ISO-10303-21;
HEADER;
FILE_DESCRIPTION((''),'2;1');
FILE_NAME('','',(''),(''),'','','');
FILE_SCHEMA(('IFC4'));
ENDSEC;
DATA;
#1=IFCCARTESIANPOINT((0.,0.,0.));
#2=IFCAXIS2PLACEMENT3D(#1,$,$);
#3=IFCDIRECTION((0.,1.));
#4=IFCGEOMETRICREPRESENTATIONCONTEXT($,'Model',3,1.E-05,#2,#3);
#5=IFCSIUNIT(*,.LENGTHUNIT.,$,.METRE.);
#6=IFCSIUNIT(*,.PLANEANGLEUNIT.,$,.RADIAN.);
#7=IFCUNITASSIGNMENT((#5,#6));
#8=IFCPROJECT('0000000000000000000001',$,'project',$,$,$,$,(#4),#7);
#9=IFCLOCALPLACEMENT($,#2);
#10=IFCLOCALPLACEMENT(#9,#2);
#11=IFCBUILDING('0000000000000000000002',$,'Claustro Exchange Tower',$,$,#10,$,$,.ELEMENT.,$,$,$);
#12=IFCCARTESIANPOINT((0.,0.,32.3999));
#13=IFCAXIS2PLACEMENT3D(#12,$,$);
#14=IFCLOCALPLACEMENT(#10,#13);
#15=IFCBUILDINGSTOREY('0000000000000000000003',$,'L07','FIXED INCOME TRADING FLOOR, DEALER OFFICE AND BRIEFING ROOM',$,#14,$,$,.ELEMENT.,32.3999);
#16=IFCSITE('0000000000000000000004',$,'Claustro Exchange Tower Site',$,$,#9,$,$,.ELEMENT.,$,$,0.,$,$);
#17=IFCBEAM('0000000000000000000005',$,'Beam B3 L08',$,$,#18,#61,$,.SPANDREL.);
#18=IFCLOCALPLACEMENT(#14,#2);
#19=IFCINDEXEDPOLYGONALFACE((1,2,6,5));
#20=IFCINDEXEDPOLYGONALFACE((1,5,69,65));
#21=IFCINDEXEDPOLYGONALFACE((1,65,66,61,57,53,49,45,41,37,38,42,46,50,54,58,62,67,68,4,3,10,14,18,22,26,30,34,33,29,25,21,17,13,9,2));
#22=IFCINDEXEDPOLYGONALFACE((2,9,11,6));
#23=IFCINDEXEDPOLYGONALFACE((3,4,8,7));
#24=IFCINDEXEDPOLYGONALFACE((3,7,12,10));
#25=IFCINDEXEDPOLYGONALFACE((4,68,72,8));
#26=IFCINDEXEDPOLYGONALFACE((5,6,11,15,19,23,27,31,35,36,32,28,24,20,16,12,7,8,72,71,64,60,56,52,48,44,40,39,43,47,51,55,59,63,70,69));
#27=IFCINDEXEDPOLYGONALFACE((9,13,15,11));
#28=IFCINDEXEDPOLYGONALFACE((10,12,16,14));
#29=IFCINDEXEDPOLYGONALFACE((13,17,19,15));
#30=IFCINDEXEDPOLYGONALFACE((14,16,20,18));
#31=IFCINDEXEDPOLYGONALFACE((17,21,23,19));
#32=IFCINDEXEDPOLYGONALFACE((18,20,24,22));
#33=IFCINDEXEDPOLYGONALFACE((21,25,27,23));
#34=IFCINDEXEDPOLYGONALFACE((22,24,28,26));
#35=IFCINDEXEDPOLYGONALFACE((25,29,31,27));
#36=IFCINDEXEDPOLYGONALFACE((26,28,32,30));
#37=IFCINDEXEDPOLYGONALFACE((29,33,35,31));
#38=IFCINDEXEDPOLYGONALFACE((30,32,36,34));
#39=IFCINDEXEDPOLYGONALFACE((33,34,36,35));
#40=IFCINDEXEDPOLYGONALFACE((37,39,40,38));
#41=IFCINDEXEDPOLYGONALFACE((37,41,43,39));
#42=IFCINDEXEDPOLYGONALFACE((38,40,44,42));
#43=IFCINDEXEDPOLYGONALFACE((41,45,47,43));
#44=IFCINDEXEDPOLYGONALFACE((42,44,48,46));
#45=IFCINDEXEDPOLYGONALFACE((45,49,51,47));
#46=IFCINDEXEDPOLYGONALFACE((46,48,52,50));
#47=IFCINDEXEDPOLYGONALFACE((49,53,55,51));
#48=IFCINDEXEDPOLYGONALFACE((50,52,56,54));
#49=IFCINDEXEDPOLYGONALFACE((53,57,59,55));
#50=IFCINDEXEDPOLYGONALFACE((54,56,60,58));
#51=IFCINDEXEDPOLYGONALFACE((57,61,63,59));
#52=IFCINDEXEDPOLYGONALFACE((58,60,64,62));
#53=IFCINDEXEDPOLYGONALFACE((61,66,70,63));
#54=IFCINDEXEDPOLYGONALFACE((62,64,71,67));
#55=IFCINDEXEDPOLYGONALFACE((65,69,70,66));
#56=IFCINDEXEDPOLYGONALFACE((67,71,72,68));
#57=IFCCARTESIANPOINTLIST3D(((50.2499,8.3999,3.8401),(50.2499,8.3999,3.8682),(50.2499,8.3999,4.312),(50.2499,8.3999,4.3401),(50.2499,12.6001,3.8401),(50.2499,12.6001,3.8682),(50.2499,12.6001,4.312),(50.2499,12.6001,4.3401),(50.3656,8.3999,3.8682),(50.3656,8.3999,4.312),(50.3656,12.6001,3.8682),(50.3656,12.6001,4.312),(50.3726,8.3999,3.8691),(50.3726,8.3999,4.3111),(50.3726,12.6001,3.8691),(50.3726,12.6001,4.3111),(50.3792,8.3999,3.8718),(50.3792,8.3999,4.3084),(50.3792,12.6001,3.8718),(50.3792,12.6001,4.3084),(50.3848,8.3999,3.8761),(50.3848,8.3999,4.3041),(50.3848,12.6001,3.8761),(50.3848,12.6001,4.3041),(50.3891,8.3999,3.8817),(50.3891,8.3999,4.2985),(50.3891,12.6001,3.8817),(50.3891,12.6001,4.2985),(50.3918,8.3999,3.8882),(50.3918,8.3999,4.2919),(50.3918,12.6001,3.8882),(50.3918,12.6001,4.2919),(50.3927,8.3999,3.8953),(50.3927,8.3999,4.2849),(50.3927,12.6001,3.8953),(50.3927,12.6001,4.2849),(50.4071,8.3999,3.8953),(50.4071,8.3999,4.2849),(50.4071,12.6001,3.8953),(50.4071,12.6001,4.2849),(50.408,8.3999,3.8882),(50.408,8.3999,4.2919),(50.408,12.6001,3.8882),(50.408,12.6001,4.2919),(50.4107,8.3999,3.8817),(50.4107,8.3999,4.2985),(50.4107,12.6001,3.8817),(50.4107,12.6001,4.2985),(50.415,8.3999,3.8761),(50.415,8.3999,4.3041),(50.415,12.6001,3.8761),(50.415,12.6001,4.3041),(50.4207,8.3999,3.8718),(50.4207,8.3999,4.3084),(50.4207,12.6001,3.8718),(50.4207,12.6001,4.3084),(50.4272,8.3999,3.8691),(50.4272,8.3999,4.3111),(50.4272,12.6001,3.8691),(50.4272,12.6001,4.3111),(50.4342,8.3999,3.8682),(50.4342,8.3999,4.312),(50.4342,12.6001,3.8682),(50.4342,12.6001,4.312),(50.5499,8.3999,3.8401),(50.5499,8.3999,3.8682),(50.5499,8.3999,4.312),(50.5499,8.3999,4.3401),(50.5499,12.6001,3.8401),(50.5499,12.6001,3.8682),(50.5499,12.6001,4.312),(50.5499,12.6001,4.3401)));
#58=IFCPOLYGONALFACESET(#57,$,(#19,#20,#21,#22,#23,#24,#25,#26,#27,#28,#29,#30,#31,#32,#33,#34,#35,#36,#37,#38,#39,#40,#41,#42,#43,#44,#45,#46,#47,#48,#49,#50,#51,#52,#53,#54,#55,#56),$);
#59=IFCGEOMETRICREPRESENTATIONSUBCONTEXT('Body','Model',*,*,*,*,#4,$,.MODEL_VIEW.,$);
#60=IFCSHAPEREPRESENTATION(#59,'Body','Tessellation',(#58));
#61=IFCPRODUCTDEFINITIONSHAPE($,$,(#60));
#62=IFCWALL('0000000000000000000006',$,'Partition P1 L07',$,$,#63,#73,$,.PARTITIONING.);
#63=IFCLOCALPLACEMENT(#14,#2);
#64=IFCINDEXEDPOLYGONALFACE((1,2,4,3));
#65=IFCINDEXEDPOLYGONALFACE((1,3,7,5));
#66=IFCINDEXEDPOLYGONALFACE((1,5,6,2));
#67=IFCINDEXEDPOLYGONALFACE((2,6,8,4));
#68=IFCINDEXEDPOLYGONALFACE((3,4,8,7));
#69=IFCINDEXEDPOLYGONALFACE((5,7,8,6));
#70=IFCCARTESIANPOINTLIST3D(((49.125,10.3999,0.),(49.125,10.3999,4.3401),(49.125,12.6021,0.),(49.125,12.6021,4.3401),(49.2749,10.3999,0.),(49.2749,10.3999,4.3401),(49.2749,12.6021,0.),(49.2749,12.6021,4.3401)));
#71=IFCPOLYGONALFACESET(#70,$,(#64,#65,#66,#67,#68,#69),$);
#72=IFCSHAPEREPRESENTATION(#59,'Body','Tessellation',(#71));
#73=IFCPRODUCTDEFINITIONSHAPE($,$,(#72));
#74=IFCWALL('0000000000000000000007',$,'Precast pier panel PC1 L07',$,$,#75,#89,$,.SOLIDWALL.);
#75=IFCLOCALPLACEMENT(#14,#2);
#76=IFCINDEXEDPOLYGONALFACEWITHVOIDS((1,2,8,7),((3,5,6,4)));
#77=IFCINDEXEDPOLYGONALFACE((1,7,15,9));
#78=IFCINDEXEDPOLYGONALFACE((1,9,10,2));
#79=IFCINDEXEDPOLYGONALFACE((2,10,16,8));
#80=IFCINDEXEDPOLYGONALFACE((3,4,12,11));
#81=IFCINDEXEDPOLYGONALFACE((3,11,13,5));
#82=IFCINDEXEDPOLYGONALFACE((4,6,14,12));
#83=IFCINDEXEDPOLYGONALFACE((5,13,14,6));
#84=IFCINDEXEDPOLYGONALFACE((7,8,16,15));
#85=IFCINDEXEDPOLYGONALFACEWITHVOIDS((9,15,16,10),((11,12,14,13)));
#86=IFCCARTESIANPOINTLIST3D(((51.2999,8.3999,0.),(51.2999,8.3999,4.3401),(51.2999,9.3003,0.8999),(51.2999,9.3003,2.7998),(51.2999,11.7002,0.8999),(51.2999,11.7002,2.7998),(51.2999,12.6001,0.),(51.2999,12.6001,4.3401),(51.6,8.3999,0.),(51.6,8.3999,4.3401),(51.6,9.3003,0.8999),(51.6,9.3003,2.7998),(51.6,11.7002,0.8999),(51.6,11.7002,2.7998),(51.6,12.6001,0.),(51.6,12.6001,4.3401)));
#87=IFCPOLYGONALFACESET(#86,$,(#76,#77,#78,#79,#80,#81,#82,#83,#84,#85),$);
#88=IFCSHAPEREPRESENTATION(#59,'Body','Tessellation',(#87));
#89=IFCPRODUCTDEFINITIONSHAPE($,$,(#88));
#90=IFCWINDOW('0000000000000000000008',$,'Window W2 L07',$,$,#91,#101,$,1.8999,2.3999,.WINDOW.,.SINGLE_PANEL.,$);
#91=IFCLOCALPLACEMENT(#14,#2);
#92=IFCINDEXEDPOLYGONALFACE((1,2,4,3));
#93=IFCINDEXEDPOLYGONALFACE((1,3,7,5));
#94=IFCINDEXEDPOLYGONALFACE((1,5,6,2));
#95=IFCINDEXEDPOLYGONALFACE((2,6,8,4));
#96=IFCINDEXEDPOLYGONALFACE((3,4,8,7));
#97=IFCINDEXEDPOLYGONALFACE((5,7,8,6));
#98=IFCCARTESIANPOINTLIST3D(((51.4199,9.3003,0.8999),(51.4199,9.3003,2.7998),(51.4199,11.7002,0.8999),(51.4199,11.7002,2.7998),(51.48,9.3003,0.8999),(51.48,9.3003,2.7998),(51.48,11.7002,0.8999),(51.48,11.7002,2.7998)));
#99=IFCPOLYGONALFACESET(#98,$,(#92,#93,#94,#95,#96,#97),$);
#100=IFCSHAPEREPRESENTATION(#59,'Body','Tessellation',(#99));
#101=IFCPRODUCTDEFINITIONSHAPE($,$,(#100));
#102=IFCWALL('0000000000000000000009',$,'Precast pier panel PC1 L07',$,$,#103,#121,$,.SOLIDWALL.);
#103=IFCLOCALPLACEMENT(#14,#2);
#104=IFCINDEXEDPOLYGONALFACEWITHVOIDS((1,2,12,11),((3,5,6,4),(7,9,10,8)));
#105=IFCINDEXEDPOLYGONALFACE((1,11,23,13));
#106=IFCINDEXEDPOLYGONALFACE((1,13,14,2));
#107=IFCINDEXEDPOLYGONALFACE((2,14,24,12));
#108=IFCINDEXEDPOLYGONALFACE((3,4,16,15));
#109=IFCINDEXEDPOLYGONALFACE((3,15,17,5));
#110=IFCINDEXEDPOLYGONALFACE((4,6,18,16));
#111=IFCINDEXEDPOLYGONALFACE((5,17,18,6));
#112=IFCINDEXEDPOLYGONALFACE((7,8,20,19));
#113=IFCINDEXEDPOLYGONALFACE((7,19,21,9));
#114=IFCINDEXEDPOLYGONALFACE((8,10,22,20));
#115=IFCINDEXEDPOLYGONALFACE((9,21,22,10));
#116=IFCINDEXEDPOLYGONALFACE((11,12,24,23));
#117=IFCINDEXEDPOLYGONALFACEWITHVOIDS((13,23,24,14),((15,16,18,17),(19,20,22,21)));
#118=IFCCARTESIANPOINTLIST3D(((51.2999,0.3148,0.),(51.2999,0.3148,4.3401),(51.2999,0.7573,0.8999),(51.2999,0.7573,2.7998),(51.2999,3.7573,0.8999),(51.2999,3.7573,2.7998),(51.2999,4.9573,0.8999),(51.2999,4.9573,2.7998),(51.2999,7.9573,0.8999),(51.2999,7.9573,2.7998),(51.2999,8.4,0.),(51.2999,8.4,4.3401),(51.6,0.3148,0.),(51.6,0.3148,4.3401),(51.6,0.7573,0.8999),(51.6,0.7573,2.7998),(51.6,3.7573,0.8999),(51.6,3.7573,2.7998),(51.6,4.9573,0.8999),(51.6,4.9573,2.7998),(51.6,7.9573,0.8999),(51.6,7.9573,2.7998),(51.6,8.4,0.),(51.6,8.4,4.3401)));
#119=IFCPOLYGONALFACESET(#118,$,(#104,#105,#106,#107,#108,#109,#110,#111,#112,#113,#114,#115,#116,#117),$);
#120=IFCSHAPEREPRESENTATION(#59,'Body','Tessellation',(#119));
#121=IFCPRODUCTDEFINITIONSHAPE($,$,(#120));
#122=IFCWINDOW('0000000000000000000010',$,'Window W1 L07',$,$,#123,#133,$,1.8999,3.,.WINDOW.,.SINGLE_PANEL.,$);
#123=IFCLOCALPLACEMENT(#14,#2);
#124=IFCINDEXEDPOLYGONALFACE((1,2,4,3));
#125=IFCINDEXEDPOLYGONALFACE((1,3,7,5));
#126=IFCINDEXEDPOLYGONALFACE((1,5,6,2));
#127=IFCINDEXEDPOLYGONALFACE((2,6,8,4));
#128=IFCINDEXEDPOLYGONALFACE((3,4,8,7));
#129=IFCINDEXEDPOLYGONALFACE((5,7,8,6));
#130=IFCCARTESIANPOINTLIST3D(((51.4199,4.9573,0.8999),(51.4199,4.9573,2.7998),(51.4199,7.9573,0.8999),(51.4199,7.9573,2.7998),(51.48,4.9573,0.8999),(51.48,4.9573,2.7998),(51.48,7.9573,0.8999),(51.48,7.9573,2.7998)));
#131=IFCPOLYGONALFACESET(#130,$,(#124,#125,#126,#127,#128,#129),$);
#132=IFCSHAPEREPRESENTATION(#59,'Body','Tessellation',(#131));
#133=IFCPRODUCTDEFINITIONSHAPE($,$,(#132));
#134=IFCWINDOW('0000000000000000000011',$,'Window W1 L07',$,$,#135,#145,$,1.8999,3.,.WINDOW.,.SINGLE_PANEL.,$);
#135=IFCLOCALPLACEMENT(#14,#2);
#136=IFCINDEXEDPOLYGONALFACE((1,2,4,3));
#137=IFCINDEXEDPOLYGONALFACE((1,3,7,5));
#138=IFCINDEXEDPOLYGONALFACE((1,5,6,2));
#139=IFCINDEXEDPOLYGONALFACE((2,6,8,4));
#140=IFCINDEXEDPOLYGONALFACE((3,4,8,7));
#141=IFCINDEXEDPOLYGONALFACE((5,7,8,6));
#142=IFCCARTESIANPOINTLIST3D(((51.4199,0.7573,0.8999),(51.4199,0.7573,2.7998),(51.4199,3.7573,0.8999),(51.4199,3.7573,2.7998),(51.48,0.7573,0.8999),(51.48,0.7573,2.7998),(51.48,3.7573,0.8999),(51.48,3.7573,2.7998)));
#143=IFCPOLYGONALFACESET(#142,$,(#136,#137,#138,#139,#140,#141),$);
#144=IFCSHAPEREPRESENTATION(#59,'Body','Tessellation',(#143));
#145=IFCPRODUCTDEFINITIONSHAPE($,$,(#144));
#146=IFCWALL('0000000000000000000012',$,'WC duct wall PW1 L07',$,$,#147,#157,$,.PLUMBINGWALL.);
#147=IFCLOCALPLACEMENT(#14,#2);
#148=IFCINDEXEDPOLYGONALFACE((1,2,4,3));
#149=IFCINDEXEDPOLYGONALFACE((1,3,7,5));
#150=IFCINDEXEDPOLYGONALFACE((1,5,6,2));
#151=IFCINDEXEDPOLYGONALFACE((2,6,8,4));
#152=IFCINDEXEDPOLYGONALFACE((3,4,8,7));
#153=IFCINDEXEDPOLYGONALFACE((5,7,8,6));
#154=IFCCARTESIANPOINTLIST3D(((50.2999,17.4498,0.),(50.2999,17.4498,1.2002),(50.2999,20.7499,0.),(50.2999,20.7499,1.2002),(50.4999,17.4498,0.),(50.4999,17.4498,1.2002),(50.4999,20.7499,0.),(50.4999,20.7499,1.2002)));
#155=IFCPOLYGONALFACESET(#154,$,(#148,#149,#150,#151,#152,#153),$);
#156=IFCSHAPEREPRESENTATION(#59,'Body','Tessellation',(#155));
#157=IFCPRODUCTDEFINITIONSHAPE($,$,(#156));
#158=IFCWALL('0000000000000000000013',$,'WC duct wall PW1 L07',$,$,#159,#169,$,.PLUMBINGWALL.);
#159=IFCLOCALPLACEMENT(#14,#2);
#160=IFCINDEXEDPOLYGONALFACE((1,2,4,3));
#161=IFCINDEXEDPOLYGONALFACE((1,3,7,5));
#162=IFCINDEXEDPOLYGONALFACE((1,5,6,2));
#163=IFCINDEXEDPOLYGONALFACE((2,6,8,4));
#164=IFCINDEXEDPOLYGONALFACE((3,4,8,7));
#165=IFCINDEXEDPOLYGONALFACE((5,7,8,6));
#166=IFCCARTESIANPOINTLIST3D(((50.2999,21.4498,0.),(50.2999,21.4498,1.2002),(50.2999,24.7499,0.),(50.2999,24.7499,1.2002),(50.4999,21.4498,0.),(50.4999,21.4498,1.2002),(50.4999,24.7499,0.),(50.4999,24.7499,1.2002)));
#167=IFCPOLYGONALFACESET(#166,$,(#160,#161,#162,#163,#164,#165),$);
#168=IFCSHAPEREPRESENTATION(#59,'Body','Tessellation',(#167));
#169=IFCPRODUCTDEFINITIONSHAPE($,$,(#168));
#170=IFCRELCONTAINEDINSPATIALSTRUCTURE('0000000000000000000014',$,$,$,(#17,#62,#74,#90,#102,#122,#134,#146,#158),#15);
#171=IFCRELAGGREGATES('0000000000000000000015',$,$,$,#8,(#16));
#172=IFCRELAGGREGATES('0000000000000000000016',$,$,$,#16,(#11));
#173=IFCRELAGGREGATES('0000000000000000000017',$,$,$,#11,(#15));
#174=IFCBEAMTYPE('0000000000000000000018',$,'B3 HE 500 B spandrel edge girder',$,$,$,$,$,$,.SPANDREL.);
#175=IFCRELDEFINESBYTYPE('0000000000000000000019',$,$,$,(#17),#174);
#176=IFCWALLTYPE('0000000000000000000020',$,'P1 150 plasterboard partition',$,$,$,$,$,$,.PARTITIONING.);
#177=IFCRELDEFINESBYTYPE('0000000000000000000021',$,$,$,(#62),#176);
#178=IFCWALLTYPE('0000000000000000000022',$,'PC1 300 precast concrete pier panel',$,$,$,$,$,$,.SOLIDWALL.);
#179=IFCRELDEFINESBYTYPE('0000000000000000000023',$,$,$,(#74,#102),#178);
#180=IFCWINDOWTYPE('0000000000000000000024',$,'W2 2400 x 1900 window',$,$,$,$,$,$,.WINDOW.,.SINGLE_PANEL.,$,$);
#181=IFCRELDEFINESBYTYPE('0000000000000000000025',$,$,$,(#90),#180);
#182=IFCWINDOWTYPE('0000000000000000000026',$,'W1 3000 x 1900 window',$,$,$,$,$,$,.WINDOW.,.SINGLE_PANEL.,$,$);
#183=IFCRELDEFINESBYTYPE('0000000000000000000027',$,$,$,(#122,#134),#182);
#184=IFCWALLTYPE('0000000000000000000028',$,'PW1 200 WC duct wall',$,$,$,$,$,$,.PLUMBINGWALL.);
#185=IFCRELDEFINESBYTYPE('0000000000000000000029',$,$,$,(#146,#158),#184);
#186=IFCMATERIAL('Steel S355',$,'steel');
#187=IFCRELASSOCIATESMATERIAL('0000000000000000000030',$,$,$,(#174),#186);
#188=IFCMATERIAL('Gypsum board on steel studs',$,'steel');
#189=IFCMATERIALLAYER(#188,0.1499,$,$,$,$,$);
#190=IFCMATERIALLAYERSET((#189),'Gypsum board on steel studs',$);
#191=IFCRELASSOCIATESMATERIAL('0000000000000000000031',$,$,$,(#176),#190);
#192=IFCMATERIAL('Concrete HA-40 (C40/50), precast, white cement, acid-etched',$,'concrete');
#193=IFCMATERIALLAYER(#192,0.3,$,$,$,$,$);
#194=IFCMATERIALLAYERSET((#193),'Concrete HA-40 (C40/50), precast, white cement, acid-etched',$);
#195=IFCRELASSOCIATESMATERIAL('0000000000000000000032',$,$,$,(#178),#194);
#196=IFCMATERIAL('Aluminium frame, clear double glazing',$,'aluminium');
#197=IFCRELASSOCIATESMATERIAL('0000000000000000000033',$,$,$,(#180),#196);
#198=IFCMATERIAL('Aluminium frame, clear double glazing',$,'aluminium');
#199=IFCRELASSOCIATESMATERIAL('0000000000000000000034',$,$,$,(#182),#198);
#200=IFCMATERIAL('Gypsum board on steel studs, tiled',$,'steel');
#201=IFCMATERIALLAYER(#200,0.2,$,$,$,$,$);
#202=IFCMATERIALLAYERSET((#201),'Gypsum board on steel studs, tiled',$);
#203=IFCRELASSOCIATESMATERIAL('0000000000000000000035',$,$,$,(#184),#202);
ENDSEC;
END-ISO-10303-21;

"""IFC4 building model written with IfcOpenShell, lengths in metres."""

from ifc_helpers import new_model, si_unit, direction, frame, frame_2d, origin, origin_2d, place, context, subcontext, project, spatial, rectangle, i_section, extrude, material, layer, layer_set, material_profile, profile_set, type_object, element, fill, save


model = new_model("IFC4")

# Units and contexts
model_context = context("Model", 3, precision=1e-05, world=origin(), true_north=direction((0.0, 1.0)))
body_context = subcontext(model_context, "Body", "Model", "MODEL_VIEW")
ifc_project = project(units=[si_unit("LENGTHUNIT", "METRE"), si_unit("PLANEANGLEUNIT", "RADIAN")], contexts=[model_context])

# Site, building, storey
site_placement = place(None, origin())
site = spatial("IfcSite", under=ifc_project, at=site_placement, Name="Claustro Exchange Tower Site", CompositionType="ELEMENT", RefElevation=0.0)
building_placement = place(site_placement, origin())
building = spatial("IfcBuilding", under=site, at=building_placement, Name="Claustro Exchange Tower", CompositionType="ELEMENT")
storey_placement = place(building_placement, frame((0.0, 0.0, 32.3999)))
storey = spatial("IfcBuildingStorey", under=building, at=storey_placement, Name="L07", Description="FIXED INCOME TRADING FLOOR, DEALER OFFICE AND BRIEFING ROOM", CompositionType="ELEMENT", Elevation=32.3999)

# Beam
ifc_material_1 = material(Name="Steel S355", Category="steel")
ifc_material_profile = material_profile(ifc_material_1, i_section(OverallWidth=0.3, OverallDepth=0.5, WebThickness=0.0144, FlangeThickness=0.0281, FilletRadius=0.0271, at=origin_2d()), Name="HE 500 B")
ifc_profile_set = profile_set([ifc_material_profile], Name="Steel S355")
beam_type = type_object("IfcBeamType", Name="B3 HE 500 B spandrel edge girder", PredefinedType="SPANDREL", material=ifc_profile_set)
beam_placement = place(storey_placement, frame((50.3999, 8.3999, 4.0901), z_axis=(0.0, 1.0, 0.0), x_axis=(-1.0, 0.0, 0.0)))
element("IfcBeam", 1, at=beam_placement, inside=storey, type_object=beam_type, Name="Beam B3 L08", PredefinedType="SPANDREL", context=body_context, shape_type="SweptSolid", body=[
    extrude(i_section(OverallWidth=0.3, OverallDepth=0.5, WebThickness=0.0144, FlangeThickness=0.0281, FilletRadius=0.0271, at=origin_2d()), origin(), (0.0, 0.0, 1.0), 4.2002),
])

# Wall
ifc_material_2 = material(Name="Gypsum board on steel studs", Category="steel")
ifc_layer_1 = layer(ifc_material_2, 0.1499)
ifc_layer_set_1 = layer_set([ifc_layer_1], Name="Gypsum board on steel studs")
wall_type_1 = type_object("IfcWallType", Name="P1 150 plasterboard partition", PredefinedType="PARTITIONING", material=ifc_layer_set_1)
wall_1_placement = place(storey_placement, frame((49.2, 10.3999, 0.0), z_axis=(0.0, 0.0, 1.0), x_axis=(0.0, 1.0, 0.0)))
element("IfcWall", 2, at=wall_1_placement, inside=storey, type_object=wall_type_1, Name="Partition P1 L07", PredefinedType="PARTITIONING", context=body_context, shape_type="SweptSolid", body=[
    extrude(rectangle(XDim=2.2021, YDim=0.1499, at=frame_2d((1.1011, 0.0))), origin(), (0.0, 0.0, 1.0), 4.3401),
])

# Wall, opening, window
ifc_material_3 = material(Name="Concrete HA-40 (C40/50), precast, white cement, acid-etched", Category="concrete")
ifc_layer_2 = layer(ifc_material_3, 0.3)
ifc_layer_set_2 = layer_set([ifc_layer_2], Name="Concrete HA-40 (C40/50), precast, white cement, acid-etched")
wall_type_2 = type_object("IfcWallType", Name="PC1 300 precast concrete pier panel", PredefinedType="SOLIDWALL", material=ifc_layer_set_2)
wall_2_placement = place(storey_placement, frame((51.45, 12.6001, 0.0), z_axis=(0.0, 0.0, 1.0), x_axis=(0.0, -1.0, 0.0)))
wall_2 = element("IfcWall", 3, at=wall_2_placement, inside=storey, type_object=wall_type_2, Name="Precast pier panel PC1 L07", PredefinedType="SOLIDWALL", context=body_context, shape_type="SweptSolid", body=[
    extrude(rectangle(XDim=4.2002, YDim=0.3, at=frame_2d((2.1001, 0.0))), origin(), (0.0, 0.0, 1.0), 4.3401),
])
opening_1_placement = place(wall_2_placement, frame((0.8999, 0.0, 0.8999)))
opening_1 = element("IfcOpeningElement", 4, at=opening_1_placement, cuts=wall_2, PredefinedType="OPENING", context=body_context, shape_type="SweptSolid", body=[
    extrude(rectangle(XDim=2.3999, YDim=1.8999, at=frame_2d((1.2, 0.95))), frame((0.0, 0.1599, 0.0), z_axis=(0.0, -1.0, 0.0), x_axis=(1.0, 0.0, 0.0)), (0.0, 0.0, 1.0), 0.3201),
])
ifc_material_4 = material(Name="Aluminium frame, clear double glazing", Category="aluminium")
window_type_1 = type_object("IfcWindowType", Name="W2 2400 x 1900 window", PartitioningType="SINGLE_PANEL", PredefinedType="WINDOW", material=ifc_material_4)
window_1_placement = place(opening_1_placement, origin())
window_1 = element("IfcWindow", 5, at=window_1_placement, inside=storey, type_object=window_type_1, Name="Window W2 L07", OverallHeight=1.8999, OverallWidth=2.3999, PartitioningType="SINGLE_PANEL", PredefinedType="WINDOW", context=body_context, shape_type="SweptSolid", body=[
    extrude(rectangle(XDim=2.3999, YDim=1.8999, at=frame_2d((1.2, 0.95))), frame((0.0, 0.03, 0.0), z_axis=(0.0, -1.0, 0.0), x_axis=(1.0, 0.0, 0.0)), (0.0, 0.0, 1.0), 0.0601),
])
fill(opening_1, window_1)

# Wall, openings, windows
wall_3_placement = place(storey_placement, frame((51.45, 8.3999, 0.0), z_axis=(0.0, 0.0, 1.0), x_axis=(0.0, -1.0, 0.0)))
wall_3 = element("IfcWall", 6, at=wall_3_placement, inside=storey, type_object=wall_type_2, Name="Precast pier panel PC1 L07", PredefinedType="SOLIDWALL", context=body_context, shape_type="SweptSolid", body=[
    extrude(rectangle(XDim=8.0852, YDim=0.3, at=frame_2d((4.0425, 0.0))), origin(), (0.0, 0.0, 1.0), 4.3401),
])
opening_2_placement = place(wall_3_placement, frame((0.4426, 0.0, 0.8999)))
opening_2 = element("IfcOpeningElement", 7, at=opening_2_placement, cuts=wall_3, PredefinedType="OPENING", context=body_context, shape_type="SweptSolid", body=[
    extrude(rectangle(XDim=3.0, YDim=1.8999, at=frame_2d((1.5, 0.95))), frame((0.0, 0.1599, 0.0), z_axis=(0.0, -1.0, 0.0), x_axis=(1.0, 0.0, 0.0)), (0.0, 0.0, 1.0), 0.3201),
])
opening_3_placement = place(wall_3_placement, frame((4.6426, 0.0, 0.8999)))
opening_3 = element("IfcOpeningElement", 8, at=opening_3_placement, cuts=wall_3, PredefinedType="OPENING", context=body_context, shape_type="SweptSolid", body=[
    extrude(rectangle(XDim=3.0, YDim=1.8999, at=frame_2d((1.5, 0.95))), frame((0.0, 0.1599, 0.0), z_axis=(0.0, -1.0, 0.0), x_axis=(1.0, 0.0, 0.0)), (0.0, 0.0, 1.0), 0.3201),
])
ifc_material_5 = material(Name="Aluminium frame, clear double glazing", Category="aluminium")
window_type_2 = type_object("IfcWindowType", Name="W1 3000 x 1900 window", PartitioningType="SINGLE_PANEL", PredefinedType="WINDOW", material=ifc_material_5)
window_2_placement = place(opening_2_placement, origin())
window_2 = element("IfcWindow", 9, at=window_2_placement, inside=storey, type_object=window_type_2, Name="Window W1 L07", OverallHeight=1.8999, OverallWidth=3.0, PartitioningType="SINGLE_PANEL", PredefinedType="WINDOW", context=body_context, shape_type="SweptSolid", body=[
    extrude(rectangle(XDim=3.0, YDim=1.8999, at=frame_2d((1.5, 0.95))), frame((0.0, 0.03, 0.0), z_axis=(0.0, -1.0, 0.0), x_axis=(1.0, 0.0, 0.0)), (0.0, 0.0, 1.0), 0.0601),
])
fill(opening_2, window_2)
window_3_placement = place(opening_3_placement, origin())
window_3 = element("IfcWindow", 10, at=window_3_placement, inside=storey, type_object=window_type_2, Name="Window W1 L07", OverallHeight=1.8999, OverallWidth=3.0, PartitioningType="SINGLE_PANEL", PredefinedType="WINDOW", context=body_context, shape_type="SweptSolid", body=[
    extrude(rectangle(XDim=3.0, YDim=1.8999, at=frame_2d((1.5, 0.95))), frame((0.0, 0.03, 0.0), z_axis=(0.0, -1.0, 0.0), x_axis=(1.0, 0.0, 0.0)), (0.0, 0.0, 1.0), 0.0601),
])
fill(opening_3, window_3)

# Walls
ifc_material_6 = material(Name="Gypsum board on steel studs, tiled", Category="steel")
ifc_layer_3 = layer(ifc_material_6, 0.2)
ifc_layer_set_3 = layer_set([ifc_layer_3], Name="Gypsum board on steel studs, tiled")
wall_type_3 = type_object("IfcWallType", Name="PW1 200 WC duct wall", PredefinedType="PLUMBINGWALL", material=ifc_layer_set_3)
for number, where, z_axis, x_axis, name in (
    (11, (50.3999, 17.45, 0.0), (0.0, 0.0, 1.0), (0.0, 1.0, 0.0), "WC duct wall PW1 L07"),
    (12, (50.3999, 21.45, 0.0), (0.0, 0.0, 1.0), (0.0, 1.0, 0.0), "WC duct wall PW1 L07"),
):
    element("IfcWall", number, at=place(storey_placement, frame(where, z_axis=z_axis, x_axis=x_axis)), inside=storey, type_object=wall_type_3, Name=name, PredefinedType="PLUMBINGWALL", context=body_context, shape_type="SweptSolid", body=[
        extrude(rectangle(XDim=3.3, YDim=0.2, at=frame_2d((1.6499, 0.0))), origin(), (0.0, 0.0, 1.0), 1.2002),
    ])

save(model, "model.ifc")
